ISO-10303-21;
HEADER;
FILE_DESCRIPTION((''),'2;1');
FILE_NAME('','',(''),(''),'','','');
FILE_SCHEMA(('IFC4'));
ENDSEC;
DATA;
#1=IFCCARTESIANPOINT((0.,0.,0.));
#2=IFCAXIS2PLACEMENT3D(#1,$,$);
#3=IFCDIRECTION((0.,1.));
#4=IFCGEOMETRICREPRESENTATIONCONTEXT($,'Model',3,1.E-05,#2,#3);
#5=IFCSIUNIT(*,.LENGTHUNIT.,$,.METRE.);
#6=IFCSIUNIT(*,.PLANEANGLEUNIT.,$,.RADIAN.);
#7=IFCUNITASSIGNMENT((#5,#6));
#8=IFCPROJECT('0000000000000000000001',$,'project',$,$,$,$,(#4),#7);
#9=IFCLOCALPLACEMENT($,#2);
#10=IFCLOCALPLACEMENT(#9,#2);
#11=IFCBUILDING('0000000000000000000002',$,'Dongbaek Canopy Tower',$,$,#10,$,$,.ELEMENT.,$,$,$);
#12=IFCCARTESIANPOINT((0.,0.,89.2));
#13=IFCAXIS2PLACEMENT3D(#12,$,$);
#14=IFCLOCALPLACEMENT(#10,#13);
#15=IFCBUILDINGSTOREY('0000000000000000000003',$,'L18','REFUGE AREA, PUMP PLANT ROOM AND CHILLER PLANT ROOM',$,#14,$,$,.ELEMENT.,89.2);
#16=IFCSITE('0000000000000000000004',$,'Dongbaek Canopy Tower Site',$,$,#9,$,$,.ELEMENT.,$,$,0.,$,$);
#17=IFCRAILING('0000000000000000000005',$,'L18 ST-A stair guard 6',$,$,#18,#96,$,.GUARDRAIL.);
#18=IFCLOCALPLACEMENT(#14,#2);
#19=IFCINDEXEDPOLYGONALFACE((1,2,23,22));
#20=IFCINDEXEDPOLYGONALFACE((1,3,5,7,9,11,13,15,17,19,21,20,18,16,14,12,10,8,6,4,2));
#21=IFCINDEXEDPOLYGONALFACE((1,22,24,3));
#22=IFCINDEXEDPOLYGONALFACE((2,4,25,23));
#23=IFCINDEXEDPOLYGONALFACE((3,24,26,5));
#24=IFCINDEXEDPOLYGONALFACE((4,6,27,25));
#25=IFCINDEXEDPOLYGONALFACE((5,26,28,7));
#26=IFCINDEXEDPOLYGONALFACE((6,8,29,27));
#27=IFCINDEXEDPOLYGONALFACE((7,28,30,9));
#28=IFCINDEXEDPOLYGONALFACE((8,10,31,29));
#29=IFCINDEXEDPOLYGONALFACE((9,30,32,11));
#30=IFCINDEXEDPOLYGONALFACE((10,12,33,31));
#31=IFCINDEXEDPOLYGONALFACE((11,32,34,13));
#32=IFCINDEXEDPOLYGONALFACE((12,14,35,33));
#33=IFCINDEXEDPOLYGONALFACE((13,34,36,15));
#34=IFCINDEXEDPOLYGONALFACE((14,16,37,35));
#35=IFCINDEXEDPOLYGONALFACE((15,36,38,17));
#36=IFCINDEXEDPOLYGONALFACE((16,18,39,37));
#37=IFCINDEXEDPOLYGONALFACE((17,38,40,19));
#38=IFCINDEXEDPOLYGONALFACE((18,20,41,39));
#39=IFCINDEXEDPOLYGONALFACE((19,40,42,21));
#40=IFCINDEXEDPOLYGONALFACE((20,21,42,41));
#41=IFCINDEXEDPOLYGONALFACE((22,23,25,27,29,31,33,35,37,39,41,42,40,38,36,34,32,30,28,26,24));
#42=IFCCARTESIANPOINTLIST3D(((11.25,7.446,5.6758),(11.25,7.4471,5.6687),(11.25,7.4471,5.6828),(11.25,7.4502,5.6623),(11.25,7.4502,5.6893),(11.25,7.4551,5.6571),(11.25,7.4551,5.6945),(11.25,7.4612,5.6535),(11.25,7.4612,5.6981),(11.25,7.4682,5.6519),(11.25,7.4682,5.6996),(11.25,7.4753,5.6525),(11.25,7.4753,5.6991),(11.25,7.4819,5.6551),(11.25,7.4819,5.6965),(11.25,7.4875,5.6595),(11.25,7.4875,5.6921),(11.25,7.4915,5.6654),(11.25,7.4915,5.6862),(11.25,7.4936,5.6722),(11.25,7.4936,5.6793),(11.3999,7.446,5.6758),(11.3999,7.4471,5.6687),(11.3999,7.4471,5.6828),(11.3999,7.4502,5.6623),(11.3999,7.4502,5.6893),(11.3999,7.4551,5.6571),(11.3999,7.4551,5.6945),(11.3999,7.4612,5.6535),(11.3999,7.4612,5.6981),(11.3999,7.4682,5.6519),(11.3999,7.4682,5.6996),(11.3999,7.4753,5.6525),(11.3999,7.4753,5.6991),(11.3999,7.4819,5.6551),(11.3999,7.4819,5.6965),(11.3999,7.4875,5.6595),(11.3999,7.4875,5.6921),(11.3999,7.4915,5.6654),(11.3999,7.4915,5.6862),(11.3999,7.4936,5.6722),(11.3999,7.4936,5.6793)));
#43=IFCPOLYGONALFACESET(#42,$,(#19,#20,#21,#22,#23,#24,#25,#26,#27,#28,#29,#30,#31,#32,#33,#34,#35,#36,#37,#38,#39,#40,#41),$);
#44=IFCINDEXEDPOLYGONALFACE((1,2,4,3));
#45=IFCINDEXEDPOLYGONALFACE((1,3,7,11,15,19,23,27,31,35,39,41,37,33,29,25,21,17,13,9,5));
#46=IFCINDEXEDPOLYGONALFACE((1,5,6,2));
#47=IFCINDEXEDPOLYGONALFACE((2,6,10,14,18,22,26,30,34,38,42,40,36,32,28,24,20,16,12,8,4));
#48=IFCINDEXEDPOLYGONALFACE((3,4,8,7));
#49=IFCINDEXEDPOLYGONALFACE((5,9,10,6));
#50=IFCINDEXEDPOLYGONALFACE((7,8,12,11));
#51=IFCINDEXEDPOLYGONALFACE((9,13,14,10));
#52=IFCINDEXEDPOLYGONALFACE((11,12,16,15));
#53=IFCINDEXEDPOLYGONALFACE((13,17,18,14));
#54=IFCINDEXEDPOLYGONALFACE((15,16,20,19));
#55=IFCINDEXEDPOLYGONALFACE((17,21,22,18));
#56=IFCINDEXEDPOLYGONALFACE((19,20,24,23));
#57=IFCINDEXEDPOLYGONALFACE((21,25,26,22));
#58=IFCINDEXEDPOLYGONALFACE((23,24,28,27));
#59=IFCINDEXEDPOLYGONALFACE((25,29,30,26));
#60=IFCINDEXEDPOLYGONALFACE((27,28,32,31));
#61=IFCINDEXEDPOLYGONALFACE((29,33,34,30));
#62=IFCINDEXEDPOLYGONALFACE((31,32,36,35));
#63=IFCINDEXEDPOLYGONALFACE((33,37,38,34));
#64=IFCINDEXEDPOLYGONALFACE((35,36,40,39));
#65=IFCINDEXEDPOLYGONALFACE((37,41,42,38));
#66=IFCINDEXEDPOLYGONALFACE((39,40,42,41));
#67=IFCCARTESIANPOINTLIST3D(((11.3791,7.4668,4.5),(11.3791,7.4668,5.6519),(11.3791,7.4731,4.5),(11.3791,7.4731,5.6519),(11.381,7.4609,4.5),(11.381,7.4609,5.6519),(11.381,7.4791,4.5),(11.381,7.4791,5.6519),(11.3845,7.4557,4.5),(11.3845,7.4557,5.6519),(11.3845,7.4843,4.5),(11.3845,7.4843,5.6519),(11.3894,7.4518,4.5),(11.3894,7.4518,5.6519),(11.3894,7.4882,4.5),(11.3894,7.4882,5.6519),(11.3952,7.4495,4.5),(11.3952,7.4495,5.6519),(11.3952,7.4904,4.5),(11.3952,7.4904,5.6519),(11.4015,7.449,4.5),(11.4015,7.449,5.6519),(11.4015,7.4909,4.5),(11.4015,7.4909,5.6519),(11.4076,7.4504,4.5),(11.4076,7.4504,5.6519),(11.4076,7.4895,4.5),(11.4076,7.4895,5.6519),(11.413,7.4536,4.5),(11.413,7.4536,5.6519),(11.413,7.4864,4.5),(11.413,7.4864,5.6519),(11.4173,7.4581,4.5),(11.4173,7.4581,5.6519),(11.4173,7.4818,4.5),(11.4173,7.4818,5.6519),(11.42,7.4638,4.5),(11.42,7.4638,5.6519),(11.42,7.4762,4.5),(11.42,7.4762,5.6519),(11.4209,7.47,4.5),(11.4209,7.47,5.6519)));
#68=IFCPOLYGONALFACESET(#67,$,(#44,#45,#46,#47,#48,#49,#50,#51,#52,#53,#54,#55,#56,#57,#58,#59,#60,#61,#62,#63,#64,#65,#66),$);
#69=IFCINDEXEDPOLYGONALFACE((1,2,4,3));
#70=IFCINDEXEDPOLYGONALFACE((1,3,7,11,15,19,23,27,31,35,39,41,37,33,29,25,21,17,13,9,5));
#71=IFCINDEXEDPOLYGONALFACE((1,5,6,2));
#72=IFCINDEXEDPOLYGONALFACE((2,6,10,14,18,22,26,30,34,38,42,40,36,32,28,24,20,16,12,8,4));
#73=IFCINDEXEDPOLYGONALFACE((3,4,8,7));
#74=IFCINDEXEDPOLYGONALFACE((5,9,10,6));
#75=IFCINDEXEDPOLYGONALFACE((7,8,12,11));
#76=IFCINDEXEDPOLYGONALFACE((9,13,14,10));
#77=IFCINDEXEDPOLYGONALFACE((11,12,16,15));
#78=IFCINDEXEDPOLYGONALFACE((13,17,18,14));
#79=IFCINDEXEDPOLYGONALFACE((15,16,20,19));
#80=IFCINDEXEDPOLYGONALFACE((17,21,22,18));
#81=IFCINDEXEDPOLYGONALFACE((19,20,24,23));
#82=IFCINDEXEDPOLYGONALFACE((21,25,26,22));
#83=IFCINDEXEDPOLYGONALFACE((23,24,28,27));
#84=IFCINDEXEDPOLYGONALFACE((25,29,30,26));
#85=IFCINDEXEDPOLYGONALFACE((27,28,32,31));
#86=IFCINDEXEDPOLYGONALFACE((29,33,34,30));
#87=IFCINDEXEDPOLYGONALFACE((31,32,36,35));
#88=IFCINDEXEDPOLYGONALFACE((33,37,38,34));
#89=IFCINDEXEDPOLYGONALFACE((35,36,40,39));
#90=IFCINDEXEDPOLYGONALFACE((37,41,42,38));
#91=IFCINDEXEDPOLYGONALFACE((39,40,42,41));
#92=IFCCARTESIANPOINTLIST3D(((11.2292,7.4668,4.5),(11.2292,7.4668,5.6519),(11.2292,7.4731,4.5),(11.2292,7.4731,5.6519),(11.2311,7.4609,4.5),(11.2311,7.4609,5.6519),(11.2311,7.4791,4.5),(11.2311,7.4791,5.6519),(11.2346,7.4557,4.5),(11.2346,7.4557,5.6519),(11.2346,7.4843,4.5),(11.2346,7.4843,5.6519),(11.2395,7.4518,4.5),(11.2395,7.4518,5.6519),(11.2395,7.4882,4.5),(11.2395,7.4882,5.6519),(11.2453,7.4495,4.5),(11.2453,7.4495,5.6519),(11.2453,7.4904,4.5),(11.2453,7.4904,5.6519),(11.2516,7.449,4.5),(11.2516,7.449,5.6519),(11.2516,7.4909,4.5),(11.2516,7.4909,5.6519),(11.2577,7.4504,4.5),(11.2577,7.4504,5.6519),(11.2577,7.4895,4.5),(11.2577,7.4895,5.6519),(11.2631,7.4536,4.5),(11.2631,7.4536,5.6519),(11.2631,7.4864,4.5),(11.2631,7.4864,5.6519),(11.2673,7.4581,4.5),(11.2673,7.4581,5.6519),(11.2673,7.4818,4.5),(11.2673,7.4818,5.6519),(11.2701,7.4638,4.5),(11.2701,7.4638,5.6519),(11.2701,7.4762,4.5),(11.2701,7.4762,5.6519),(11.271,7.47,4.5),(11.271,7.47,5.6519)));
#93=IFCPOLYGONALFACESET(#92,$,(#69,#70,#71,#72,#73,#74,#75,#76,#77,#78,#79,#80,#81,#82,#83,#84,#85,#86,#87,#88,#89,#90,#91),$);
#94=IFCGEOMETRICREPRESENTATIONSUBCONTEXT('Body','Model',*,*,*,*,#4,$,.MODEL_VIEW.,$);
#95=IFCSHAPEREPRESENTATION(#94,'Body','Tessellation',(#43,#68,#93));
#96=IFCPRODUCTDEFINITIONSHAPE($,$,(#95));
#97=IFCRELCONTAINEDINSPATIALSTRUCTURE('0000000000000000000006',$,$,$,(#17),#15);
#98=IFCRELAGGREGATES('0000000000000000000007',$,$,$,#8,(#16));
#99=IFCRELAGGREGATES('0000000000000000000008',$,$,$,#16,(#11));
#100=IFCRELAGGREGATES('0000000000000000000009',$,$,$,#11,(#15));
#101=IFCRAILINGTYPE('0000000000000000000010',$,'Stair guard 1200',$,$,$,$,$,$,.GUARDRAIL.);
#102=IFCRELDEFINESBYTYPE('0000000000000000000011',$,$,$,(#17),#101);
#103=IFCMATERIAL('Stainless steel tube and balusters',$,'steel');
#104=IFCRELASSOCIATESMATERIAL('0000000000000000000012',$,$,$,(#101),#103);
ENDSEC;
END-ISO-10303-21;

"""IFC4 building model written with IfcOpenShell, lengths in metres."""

from ifc_helpers import new_model, si_unit, direction, frame, origin, origin_2d, place, context, subcontext, project, spatial, circle, extrude, material, type_object, element, save


model = new_model("IFC4")

# Units and contexts
model_context = context("Model", 3, precision=1e-05, world=origin(), true_north=direction((0.0, 1.0)))
body_context = subcontext(model_context, "Body", "Model", "MODEL_VIEW")
ifc_project = project(units=[si_unit("LENGTHUNIT", "METRE"), si_unit("PLANEANGLEUNIT", "RADIAN")], contexts=[model_context])

# Site, building, storey
site_placement = place(None, origin())
site = spatial("IfcSite", under=ifc_project, at=site_placement, Name="Dongbaek Canopy Tower Site", CompositionType="ELEMENT", RefElevation=0.0)
building_placement = place(site_placement, origin())
building = spatial("IfcBuilding", under=site, at=building_placement, Name="Dongbaek Canopy Tower", CompositionType="ELEMENT")
storey_placement = place(building_placement, frame((0.0, 0.0, 89.2)))
storey = spatial("IfcBuildingStorey", under=building, at=storey_placement, Name="L18", Description="REFUGE AREA, PUMP PLANT ROOM AND CHILLER PLANT ROOM", CompositionType="ELEMENT", Elevation=89.2)

# Railing
ifc_material_1 = material(Name="Stainless steel tube and balusters", Category="steel")
railing_type_1 = type_object("IfcRailingType", Name="Stair guard 1200", PredefinedType="GUARDRAIL", material=ifc_material_1)
railing_1_placement = place(storey_placement, frame((11.3999, 7.47, 4.5)))
element("IfcRailing", 1, at=railing_1_placement, inside=storey, type_object=railing_type_1, Name="L18 ST-A stair guard 6", PredefinedType="GUARDRAIL", context=body_context, shape_type="SweptSolid", body=[
    extrude(circle(Radius=0.0239, at=origin_2d()), frame((0.0, 0.0, 1.1758), z_axis=(-1.0, 0.0, 0.0), x_axis=(0.0, -1.0, 0.0)), (0.0, 0.0, 1.0), 0.1499),
    extrude(circle(Radius=0.021, at=origin_2d()), origin(), (0.0, 0.0, 1.0), 1.1519),
    extrude(circle(Radius=0.021, at=origin_2d()), frame((-0.1499, 0.0, 0.0)), (0.0, 0.0, 1.0), 1.1519),
])

save(model, "model.ifc")
